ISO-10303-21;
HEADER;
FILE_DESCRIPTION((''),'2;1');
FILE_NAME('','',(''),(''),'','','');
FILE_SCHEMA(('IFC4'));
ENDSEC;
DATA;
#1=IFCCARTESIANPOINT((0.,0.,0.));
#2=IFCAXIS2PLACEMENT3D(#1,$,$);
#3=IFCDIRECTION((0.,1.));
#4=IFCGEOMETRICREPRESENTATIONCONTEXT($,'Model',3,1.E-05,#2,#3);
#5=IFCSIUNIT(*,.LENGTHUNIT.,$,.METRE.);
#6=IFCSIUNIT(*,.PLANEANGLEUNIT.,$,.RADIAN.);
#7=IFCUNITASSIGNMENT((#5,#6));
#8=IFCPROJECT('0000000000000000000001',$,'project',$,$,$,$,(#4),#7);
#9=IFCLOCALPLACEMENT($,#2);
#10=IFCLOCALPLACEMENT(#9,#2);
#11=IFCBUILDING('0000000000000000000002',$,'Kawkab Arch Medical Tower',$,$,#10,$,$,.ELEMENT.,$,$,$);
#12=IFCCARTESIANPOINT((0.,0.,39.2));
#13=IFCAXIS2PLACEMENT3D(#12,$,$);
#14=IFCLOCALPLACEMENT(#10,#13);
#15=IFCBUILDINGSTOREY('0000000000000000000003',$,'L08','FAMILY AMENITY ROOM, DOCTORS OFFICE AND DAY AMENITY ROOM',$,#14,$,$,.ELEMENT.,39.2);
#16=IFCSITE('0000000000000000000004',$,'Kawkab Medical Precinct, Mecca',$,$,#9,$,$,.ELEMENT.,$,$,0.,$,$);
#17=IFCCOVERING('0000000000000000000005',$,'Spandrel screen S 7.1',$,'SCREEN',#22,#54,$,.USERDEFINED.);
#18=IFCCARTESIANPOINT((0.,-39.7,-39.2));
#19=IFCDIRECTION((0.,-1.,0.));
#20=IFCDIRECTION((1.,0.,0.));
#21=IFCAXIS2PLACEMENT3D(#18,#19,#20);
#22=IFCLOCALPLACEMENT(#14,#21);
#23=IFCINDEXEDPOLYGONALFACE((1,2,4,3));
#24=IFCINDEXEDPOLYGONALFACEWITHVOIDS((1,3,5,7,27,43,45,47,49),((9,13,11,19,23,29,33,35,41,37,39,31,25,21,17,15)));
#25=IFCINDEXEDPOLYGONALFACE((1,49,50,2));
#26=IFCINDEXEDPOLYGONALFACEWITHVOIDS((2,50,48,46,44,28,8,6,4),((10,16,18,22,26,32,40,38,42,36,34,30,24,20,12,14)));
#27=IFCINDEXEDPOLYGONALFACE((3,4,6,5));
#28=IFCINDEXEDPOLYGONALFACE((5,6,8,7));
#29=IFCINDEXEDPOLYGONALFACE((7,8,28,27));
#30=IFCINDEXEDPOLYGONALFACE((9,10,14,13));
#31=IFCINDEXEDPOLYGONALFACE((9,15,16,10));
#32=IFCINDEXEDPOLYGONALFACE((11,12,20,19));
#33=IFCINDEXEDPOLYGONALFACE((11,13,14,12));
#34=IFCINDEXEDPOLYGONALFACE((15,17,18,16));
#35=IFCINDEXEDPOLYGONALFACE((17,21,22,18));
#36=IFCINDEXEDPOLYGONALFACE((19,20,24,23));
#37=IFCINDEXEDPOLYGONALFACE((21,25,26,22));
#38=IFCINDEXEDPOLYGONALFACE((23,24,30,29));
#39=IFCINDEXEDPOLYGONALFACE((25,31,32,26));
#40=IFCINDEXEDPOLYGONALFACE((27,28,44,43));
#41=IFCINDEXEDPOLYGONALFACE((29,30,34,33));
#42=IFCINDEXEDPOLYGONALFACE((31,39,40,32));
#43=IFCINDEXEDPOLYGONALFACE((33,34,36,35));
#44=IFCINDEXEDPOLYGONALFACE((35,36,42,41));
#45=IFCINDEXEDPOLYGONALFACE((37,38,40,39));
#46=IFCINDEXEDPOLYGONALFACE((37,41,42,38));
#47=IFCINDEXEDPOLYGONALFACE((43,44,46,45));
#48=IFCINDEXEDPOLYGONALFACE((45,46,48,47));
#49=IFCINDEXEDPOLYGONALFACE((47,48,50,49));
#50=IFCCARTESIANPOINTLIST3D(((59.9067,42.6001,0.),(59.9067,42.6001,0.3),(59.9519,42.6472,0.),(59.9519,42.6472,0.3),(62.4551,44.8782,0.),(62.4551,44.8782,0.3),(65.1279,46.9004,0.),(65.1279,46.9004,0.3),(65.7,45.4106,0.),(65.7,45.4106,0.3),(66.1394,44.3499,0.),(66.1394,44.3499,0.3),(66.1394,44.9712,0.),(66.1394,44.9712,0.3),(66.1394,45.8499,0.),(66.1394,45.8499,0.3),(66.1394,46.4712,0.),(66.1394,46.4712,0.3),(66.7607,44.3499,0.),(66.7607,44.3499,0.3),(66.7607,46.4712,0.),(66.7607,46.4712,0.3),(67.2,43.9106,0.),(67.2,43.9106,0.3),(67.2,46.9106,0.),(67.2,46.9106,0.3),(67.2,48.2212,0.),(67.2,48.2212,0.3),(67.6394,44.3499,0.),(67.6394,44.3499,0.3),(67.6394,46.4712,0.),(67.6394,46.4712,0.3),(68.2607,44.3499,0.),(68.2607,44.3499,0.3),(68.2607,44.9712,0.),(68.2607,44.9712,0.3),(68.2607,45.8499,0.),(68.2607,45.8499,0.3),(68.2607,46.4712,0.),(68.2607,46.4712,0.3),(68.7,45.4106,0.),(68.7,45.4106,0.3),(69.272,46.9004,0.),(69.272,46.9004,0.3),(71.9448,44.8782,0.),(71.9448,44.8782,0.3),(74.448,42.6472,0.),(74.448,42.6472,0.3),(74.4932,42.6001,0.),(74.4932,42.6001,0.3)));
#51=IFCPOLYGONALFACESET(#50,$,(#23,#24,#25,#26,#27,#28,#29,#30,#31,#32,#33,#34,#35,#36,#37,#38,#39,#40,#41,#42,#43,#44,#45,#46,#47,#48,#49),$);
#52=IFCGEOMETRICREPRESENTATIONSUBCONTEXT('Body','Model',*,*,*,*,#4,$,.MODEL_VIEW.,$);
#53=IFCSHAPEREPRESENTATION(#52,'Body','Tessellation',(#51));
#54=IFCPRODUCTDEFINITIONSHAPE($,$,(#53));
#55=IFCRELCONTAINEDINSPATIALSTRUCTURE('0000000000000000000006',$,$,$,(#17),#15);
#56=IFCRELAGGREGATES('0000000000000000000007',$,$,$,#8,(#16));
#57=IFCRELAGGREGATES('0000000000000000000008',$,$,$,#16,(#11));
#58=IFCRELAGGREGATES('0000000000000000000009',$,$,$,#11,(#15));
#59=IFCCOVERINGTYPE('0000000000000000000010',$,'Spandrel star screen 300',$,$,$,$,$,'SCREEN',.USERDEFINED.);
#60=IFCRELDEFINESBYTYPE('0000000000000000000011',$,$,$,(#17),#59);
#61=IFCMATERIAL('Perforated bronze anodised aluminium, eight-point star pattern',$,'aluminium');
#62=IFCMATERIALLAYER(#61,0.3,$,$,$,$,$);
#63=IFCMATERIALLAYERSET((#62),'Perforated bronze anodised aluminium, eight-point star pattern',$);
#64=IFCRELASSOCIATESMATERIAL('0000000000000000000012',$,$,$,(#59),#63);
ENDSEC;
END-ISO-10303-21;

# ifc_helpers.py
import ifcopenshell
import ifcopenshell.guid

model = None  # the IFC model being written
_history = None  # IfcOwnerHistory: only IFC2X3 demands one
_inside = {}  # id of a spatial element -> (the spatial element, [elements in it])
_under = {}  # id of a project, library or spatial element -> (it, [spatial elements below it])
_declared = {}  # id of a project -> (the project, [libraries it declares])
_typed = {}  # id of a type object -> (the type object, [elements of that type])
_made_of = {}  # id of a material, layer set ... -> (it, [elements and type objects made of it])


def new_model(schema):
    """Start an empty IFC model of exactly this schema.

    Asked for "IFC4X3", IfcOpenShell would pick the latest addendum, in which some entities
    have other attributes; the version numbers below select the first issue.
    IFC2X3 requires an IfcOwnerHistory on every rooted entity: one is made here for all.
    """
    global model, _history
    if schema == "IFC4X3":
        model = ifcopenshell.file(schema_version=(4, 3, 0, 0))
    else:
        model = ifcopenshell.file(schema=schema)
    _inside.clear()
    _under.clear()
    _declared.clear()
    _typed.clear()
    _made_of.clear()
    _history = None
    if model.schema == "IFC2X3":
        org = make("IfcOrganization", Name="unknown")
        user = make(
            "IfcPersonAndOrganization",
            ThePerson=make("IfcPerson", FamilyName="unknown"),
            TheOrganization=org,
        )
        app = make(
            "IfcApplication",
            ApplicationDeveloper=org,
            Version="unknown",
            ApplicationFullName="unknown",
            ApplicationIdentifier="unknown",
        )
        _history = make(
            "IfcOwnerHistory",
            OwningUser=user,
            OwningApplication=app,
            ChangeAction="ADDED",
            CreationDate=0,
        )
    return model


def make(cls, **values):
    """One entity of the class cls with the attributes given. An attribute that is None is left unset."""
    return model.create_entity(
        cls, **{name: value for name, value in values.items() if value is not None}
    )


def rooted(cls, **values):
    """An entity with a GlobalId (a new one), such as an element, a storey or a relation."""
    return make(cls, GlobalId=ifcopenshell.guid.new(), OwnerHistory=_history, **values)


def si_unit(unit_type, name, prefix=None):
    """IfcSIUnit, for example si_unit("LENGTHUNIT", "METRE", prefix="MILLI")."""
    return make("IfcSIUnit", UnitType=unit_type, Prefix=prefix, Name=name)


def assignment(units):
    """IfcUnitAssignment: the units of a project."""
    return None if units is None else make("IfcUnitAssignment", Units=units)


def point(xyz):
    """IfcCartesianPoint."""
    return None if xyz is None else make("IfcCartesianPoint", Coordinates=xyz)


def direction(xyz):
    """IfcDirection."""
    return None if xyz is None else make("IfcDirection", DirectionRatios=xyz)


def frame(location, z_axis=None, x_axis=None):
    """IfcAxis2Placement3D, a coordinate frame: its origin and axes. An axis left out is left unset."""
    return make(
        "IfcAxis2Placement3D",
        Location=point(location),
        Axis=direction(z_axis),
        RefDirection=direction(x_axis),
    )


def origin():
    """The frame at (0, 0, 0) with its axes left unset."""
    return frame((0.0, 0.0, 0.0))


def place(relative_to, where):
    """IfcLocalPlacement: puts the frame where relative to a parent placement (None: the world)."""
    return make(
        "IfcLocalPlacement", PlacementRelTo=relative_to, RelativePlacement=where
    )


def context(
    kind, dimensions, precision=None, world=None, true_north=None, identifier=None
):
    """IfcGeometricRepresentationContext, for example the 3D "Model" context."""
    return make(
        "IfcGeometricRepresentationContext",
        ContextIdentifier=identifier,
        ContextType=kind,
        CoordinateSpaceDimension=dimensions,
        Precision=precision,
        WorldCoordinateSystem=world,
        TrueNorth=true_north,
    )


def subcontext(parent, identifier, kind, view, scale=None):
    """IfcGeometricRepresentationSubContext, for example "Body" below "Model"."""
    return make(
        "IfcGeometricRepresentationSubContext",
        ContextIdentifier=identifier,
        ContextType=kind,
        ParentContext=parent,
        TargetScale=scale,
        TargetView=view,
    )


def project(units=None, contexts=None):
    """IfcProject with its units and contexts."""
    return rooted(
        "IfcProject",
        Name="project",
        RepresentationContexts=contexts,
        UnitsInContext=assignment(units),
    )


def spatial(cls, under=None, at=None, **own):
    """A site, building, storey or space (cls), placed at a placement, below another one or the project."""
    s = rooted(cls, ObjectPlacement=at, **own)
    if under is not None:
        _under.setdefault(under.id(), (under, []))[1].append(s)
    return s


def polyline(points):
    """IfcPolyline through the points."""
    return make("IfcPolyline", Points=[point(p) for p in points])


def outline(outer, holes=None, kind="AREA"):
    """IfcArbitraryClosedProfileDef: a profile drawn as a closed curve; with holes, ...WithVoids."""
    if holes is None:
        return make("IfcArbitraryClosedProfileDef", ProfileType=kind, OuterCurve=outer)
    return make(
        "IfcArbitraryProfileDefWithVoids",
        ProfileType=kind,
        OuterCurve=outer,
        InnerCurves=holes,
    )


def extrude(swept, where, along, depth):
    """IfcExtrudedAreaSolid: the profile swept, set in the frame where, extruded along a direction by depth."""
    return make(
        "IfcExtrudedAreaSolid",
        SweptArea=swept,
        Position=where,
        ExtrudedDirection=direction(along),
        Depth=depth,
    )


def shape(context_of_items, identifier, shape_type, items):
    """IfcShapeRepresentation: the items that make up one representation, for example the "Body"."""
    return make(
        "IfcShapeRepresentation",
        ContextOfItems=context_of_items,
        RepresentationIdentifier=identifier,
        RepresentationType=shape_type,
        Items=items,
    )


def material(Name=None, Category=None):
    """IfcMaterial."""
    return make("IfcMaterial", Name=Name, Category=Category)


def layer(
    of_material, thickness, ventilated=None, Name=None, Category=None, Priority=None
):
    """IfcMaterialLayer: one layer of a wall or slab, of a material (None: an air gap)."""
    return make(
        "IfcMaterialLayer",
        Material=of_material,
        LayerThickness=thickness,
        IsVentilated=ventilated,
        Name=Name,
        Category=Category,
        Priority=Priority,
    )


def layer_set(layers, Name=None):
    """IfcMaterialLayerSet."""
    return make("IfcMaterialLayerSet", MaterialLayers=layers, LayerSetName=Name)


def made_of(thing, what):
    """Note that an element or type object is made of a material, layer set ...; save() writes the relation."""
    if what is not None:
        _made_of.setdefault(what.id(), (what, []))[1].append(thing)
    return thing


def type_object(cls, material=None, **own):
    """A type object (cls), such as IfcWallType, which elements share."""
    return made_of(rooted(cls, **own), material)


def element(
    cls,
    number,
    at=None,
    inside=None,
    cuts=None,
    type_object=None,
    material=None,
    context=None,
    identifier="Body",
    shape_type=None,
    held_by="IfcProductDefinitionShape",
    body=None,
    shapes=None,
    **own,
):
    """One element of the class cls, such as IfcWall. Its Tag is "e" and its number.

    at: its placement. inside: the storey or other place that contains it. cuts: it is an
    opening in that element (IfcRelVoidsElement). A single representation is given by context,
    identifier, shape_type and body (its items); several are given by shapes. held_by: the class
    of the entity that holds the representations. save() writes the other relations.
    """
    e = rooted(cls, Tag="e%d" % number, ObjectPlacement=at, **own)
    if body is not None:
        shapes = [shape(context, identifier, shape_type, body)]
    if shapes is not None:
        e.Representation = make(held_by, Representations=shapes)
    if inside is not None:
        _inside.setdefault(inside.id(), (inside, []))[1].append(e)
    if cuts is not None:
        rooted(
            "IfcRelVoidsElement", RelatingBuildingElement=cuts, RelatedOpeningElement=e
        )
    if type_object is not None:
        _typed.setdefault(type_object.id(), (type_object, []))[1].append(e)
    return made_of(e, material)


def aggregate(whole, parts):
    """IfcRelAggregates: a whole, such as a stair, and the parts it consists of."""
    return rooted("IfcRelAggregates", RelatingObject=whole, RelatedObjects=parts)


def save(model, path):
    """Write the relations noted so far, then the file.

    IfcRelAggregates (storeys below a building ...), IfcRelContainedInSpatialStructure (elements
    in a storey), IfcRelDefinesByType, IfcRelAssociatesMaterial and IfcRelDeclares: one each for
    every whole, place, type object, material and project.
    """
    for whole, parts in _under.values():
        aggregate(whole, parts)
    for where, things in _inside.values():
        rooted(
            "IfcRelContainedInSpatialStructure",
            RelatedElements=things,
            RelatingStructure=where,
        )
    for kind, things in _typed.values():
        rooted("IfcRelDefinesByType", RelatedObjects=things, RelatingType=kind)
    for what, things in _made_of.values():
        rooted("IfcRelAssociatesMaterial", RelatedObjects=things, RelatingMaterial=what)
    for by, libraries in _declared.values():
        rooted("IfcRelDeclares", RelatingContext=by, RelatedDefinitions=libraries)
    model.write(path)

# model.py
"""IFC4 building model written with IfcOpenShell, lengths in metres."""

from ifc_helpers import new_model, si_unit, direction, frame, origin, place, context, subcontext, project, spatial, polyline, outline, extrude, material, layer, layer_set, type_object, element, save


model = new_model("IFC4")

# Units and contexts
model_context = context("Model", 3, precision=1e-05, world=origin(), true_north=direction((0.0, 1.0)))
body_context = subcontext(model_context, "Body", "Model", "MODEL_VIEW")
ifc_project = project(units=[si_unit("LENGTHUNIT", "METRE"), si_unit("PLANEANGLEUNIT", "RADIAN")], contexts=[model_context])

# Site, building, storey
site_placement = place(None, origin())
site = spatial("IfcSite", under=ifc_project, at=site_placement, Name="Kawkab Medical Precinct, Mecca", CompositionType="ELEMENT", RefElevation=0.0)
building_placement = place(site_placement, origin())
building = spatial("IfcBuilding", under=site, at=building_placement, Name="Kawkab Arch Medical Tower", CompositionType="ELEMENT")
storey_placement = place(building_placement, frame((0.0, 0.0, 39.2)))
storey = spatial("IfcBuildingStorey", under=building, at=storey_placement, Name="L08", Description="FAMILY AMENITY ROOM, DOCTORS OFFICE AND DAY AMENITY ROOM", CompositionType="ELEMENT", Elevation=39.2)

# Covering
ifc_material_1 = material(Name="Perforated bronze anodised aluminium, eight-point star pattern", Category="aluminium")
ifc_layer_1 = layer(ifc_material_1, 0.3)
ifc_layer_set_1 = layer_set([ifc_layer_1], Name="Perforated bronze anodised aluminium, eight-point star pattern")
covering_type = type_object("IfcCoveringType", Name="Spandrel star screen 300", ElementType="SCREEN", PredefinedType="USERDEFINED", material=ifc_layer_set_1)
covering_placement = place(storey_placement, frame((0.0, -39.7, -39.2), z_axis=(0.0, -1.0, 0.0), x_axis=(1.0, 0.0, 0.0)))
element("IfcCovering", 1, at=covering_placement, inside=storey, type_object=covering_type, Name="Spandrel screen S 7.1", ObjectType="SCREEN", PredefinedType="USERDEFINED", context=body_context, shape_type="SweptSolid", body=[
    extrude(outline(polyline([(59.9067, 42.6001), (74.4932, 42.6001), (74.448, 42.6472), (71.9448, 44.8782), (69.272, 46.9004), (67.2, 48.2212), (65.1279, 46.9004), (62.4551, 44.8782), (59.9519, 42.6472), (59.9067, 42.6001)]), holes=[polyline([(68.7, 45.4106), (68.2607, 45.8499), (68.2607, 46.4712), (67.6394, 46.4712), (67.2, 46.9106), (66.7607, 46.4712), (66.1394, 46.4712), (66.1394, 45.8499), (65.7, 45.4106), (66.1394, 44.9712), (66.1394, 44.3499), (66.7607, 44.3499), (67.2, 43.9106), (67.6394, 44.3499), (68.2607, 44.3499), (68.2607, 44.9712), (68.7, 45.4106)])]), origin(), (0.0, 0.0, 1.0), 0.3),
])

save(model, "model.ifc")
